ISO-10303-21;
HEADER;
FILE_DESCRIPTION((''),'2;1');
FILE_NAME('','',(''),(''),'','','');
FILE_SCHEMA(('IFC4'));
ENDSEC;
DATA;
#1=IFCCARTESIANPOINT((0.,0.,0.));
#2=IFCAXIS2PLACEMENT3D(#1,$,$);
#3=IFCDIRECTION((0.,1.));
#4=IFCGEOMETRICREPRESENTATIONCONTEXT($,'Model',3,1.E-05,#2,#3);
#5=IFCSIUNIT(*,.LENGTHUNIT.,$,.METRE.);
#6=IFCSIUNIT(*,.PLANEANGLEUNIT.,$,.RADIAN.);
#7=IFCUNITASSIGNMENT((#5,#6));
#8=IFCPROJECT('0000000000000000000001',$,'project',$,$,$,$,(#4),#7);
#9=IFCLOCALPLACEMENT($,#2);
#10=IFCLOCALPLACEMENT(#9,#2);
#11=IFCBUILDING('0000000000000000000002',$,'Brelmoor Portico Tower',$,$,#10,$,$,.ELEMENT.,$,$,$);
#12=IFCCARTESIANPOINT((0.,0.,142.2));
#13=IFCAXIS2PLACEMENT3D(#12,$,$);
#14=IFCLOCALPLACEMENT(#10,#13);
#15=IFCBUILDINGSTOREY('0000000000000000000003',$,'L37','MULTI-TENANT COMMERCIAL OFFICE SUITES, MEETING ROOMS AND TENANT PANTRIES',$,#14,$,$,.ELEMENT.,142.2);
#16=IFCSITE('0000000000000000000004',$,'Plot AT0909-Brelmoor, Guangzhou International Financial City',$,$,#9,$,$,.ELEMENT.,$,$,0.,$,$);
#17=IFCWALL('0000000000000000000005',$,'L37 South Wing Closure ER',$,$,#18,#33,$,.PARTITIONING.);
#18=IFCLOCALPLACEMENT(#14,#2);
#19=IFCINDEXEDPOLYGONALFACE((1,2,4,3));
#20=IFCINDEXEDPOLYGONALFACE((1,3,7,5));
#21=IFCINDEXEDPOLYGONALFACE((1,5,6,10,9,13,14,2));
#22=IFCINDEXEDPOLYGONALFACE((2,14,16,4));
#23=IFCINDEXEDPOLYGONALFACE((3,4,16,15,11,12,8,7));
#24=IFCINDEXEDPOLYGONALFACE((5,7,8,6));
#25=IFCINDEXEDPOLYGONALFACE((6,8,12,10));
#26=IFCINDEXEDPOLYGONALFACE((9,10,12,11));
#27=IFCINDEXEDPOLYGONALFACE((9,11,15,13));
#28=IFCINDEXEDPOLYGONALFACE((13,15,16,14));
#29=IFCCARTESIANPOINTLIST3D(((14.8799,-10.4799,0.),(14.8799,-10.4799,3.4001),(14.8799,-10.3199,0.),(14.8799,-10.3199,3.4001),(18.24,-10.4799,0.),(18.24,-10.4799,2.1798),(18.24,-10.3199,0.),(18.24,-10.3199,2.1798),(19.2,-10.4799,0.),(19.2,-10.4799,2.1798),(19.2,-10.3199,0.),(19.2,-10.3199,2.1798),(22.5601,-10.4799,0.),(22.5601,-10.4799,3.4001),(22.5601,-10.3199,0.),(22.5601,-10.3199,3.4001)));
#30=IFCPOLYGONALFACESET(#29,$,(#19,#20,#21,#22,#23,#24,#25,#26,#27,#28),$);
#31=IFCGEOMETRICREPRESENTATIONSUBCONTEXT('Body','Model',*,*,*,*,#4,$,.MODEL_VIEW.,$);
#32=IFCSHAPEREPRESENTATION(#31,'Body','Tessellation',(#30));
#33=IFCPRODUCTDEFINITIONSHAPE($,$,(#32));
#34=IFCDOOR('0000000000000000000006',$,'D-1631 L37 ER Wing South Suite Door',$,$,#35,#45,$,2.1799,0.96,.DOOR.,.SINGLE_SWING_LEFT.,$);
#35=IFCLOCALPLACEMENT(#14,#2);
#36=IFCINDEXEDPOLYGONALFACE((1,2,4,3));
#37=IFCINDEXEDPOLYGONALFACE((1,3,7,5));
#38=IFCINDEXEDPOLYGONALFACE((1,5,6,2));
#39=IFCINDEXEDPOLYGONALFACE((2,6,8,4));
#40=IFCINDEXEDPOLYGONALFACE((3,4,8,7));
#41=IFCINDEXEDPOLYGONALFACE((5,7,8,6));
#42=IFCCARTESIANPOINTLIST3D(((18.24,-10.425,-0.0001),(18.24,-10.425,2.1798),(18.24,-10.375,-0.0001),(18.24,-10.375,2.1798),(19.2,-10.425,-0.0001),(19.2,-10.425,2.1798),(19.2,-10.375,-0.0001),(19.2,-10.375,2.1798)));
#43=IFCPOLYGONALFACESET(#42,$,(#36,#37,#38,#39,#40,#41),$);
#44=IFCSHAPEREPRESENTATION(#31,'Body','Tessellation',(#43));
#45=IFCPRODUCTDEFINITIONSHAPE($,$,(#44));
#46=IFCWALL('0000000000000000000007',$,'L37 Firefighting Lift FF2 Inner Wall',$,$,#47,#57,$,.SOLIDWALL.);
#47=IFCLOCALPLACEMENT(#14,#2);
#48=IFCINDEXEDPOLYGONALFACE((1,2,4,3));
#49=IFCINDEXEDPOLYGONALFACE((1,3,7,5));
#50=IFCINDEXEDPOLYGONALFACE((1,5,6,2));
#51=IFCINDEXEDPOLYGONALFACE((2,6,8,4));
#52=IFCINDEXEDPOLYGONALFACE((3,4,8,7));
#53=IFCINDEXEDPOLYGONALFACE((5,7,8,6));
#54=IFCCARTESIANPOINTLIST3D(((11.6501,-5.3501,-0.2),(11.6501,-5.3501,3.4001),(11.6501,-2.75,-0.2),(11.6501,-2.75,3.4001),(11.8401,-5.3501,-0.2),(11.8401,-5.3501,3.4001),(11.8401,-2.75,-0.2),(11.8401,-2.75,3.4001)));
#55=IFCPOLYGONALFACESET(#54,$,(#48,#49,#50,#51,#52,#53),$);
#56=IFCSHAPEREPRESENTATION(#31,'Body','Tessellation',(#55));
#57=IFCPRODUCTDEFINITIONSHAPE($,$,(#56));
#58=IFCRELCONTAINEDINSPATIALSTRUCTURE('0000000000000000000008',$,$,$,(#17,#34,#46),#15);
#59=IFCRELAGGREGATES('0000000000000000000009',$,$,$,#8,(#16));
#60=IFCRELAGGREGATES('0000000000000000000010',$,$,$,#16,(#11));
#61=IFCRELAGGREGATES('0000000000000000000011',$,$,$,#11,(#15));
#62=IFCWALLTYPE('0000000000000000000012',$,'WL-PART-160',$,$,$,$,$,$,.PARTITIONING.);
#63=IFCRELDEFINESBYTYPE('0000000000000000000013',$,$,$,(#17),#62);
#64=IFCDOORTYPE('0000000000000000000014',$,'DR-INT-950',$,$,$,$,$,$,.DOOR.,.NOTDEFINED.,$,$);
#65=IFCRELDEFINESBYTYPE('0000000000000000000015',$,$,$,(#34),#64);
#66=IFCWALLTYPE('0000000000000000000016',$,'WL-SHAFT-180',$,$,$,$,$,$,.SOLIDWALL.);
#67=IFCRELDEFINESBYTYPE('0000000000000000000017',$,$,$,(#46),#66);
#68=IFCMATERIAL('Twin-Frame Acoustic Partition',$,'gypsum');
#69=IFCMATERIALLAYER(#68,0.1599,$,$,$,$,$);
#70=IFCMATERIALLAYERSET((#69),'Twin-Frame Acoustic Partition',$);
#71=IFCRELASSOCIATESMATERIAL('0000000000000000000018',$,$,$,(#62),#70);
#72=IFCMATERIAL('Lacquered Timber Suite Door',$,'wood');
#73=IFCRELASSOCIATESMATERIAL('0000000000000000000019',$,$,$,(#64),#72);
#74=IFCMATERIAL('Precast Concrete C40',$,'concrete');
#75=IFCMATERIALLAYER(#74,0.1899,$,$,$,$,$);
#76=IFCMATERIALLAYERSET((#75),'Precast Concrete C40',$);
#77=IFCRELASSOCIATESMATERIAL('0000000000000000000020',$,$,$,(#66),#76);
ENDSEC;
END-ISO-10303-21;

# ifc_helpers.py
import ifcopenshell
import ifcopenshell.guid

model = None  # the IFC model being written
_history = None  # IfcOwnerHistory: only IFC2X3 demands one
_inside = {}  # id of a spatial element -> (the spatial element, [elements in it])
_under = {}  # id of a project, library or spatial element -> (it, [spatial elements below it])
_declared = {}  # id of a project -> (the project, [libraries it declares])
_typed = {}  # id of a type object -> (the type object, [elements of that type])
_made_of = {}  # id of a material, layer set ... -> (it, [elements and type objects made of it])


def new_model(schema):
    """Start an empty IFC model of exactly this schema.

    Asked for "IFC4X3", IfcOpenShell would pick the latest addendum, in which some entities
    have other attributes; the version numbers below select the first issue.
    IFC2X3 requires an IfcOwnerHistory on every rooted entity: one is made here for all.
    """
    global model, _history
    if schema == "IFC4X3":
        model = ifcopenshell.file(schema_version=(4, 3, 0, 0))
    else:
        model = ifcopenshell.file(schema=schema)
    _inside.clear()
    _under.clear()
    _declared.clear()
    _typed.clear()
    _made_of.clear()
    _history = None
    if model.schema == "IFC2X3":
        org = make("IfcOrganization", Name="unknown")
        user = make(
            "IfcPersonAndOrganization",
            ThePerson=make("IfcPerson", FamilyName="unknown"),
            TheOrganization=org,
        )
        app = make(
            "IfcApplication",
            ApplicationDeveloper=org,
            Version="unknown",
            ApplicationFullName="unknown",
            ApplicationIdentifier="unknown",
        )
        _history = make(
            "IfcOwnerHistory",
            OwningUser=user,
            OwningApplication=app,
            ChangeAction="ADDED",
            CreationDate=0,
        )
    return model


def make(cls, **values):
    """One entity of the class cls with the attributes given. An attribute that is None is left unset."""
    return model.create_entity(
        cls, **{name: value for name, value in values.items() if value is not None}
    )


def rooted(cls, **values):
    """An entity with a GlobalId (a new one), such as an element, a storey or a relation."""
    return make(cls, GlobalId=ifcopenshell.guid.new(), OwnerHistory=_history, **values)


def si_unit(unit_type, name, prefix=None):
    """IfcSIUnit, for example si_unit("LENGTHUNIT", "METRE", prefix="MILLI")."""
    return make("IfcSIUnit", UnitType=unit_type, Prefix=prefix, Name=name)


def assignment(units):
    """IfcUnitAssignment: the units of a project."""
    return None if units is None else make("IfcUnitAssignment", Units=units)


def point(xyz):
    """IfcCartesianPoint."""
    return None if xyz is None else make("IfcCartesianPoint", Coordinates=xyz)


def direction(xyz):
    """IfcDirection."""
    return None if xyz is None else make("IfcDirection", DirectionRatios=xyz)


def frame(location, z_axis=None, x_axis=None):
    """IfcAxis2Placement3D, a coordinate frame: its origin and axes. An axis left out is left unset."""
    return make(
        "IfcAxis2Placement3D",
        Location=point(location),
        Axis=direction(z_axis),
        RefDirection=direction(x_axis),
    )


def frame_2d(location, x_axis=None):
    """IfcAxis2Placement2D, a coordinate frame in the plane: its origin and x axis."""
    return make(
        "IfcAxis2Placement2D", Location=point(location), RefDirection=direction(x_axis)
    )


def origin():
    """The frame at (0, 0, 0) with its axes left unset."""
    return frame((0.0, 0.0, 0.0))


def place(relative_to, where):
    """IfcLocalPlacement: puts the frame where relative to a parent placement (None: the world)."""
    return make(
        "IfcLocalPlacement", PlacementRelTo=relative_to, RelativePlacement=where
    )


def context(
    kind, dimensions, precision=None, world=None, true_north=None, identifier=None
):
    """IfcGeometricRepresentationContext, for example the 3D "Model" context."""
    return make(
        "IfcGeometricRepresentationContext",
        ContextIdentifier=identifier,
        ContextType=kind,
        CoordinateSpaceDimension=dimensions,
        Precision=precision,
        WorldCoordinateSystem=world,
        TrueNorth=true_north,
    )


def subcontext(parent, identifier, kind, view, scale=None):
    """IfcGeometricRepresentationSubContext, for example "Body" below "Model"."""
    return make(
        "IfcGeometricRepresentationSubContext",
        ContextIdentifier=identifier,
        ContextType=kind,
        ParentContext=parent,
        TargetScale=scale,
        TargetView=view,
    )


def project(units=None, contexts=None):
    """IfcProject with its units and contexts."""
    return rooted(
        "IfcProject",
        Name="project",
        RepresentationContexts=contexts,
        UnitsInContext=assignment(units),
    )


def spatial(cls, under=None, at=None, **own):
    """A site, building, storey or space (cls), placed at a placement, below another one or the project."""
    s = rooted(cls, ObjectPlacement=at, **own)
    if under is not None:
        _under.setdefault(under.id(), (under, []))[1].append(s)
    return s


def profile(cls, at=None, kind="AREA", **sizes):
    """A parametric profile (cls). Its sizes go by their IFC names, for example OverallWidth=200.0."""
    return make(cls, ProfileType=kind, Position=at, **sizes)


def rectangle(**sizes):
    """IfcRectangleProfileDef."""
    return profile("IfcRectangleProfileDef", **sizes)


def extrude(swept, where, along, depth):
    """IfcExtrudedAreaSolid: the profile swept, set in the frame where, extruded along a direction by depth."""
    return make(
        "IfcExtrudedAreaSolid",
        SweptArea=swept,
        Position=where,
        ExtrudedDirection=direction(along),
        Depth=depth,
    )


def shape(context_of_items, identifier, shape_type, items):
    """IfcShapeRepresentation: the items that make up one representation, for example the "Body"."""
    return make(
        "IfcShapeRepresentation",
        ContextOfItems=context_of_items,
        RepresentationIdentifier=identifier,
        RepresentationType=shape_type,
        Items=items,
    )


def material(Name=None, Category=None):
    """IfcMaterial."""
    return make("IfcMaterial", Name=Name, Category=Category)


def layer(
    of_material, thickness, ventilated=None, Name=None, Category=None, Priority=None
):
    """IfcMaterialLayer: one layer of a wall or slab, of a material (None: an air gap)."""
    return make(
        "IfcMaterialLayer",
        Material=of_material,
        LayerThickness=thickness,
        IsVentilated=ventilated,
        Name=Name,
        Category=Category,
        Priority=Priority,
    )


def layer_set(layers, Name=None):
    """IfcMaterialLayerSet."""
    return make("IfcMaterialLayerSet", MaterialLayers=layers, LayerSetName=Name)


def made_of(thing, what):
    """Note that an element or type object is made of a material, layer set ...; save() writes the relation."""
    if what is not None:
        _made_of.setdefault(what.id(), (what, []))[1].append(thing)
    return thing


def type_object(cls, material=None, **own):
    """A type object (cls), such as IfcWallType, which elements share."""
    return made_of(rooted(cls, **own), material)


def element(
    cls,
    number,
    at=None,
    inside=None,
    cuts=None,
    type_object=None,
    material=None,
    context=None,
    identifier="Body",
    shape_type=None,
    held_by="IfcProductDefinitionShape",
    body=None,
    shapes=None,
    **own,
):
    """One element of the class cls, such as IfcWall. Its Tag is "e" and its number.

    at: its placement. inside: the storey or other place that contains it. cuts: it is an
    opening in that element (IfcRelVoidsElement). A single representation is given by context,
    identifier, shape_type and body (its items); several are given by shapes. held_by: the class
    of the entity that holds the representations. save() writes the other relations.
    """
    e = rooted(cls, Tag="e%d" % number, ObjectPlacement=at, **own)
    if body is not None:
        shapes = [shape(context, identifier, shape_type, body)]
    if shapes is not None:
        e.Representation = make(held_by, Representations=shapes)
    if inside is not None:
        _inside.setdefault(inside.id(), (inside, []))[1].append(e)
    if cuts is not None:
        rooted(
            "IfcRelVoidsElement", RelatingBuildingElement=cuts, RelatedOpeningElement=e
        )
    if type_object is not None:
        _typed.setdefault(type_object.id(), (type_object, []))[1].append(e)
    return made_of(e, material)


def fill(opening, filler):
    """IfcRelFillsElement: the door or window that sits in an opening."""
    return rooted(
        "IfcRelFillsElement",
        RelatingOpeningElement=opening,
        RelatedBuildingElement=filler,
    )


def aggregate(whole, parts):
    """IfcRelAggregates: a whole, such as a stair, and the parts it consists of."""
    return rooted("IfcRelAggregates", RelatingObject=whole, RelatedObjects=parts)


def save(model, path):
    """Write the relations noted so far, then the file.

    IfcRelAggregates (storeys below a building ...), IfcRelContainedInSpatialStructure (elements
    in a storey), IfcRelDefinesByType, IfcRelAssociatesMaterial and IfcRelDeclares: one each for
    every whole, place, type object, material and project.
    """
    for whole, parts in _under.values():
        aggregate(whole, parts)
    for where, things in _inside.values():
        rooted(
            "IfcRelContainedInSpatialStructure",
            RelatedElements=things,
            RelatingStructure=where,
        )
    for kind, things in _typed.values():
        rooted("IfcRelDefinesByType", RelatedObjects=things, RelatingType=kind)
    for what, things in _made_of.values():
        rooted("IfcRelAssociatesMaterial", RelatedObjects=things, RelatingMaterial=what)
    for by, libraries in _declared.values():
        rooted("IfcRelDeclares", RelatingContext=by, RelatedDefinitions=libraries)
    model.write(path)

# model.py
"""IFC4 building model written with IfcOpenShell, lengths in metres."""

from ifc_helpers import new_model, si_unit, direction, frame, frame_2d, origin, place, context, subcontext, project, spatial, rectangle, extrude, material, layer, layer_set, type_object, element, fill, save


model = new_model("IFC4")

# Units and contexts
model_context = context("Model", 3, precision=1e-05, world=origin(), true_north=direction((0.0, 1.0)))
body_context = subcontext(model_context, "Body", "Model", "MODEL_VIEW")
ifc_project = project(units=[si_unit("LENGTHUNIT", "METRE"), si_unit("PLANEANGLEUNIT", "RADIAN")], contexts=[model_context])

# Site, building, storey
site_placement = place(None, origin())
site = spatial("IfcSite", under=ifc_project, at=site_placement, Name="Plot AT0909-Brelmoor, Guangzhou International Financial City", CompositionType="ELEMENT", RefElevation=0.0)
building_placement = place(site_placement, origin())
building = spatial("IfcBuilding", under=site, at=building_placement, Name="Brelmoor Portico Tower", CompositionType="ELEMENT")
storey_placement = place(building_placement, frame((0.0, 0.0, 142.2)))
storey = spatial("IfcBuildingStorey", under=building, at=storey_placement, Name="L37", Description="MULTI-TENANT COMMERCIAL OFFICE SUITES, MEETING ROOMS AND TENANT PANTRIES", CompositionType="ELEMENT", Elevation=142.2)

# Wall, opening, door
ifc_material_1 = material(Name="Twin-Frame Acoustic Partition", Category="gypsum")
ifc_layer_1 = layer(ifc_material_1, 0.1599)
ifc_layer_set_1 = layer_set([ifc_layer_1], Name="Twin-Frame Acoustic Partition")
wall_type_1 = type_object("IfcWallType", Name="WL-PART-160", PredefinedType="PARTITIONING", material=ifc_layer_set_1)
wall_1_placement = place(storey_placement, frame((14.8799, -10.3999, 0.0), z_axis=(0.0, 0.0, 1.0), x_axis=(1.0, 0.0, 0.0)))
wall_1 = element("IfcWall", 1, at=wall_1_placement, inside=storey, type_object=wall_type_1, Name="L37 South Wing Closure ER", PredefinedType="PARTITIONING", context=body_context, shape_type="SweptSolid", body=[
    extrude(rectangle(XDim=7.6802, YDim=0.1599, at=frame_2d((3.8401, 0.0))), origin(), (0.0, 0.0, 1.0), 3.4001),
])
opening_placement = place(wall_1_placement, frame((3.3601, 0.0, 0.0)))
opening = element("IfcOpeningElement", 2, at=opening_placement, cuts=wall_1, PredefinedType="OPENING", context=body_context, shape_type="SweptSolid", body=[
    extrude(rectangle(XDim=0.96, YDim=2.1799, at=frame_2d((0.48, 1.0898))), frame((0.0, 0.0898, 0.0), z_axis=(0.0, -1.0, 0.0), x_axis=(1.0, 0.0, 0.0)), (0.0, 0.0, 1.0), 0.1799),
])
ifc_material_2 = material(Name="Lacquered Timber Suite Door", Category="wood")
door_type = type_object("IfcDoorType", Name="DR-INT-950", OperationType="NOTDEFINED", PredefinedType="DOOR", material=ifc_material_2)
door_placement = place(opening_placement, origin())
door = element("IfcDoor", 3, at=door_placement, inside=storey, type_object=door_type, Name="D-1631 L37 ER Wing South Suite Door", OperationType="SINGLE_SWING_LEFT", OverallHeight=2.1799, OverallWidth=0.96, PredefinedType="DOOR", context=body_context, shape_type="SweptSolid", body=[
    extrude(rectangle(XDim=0.96, YDim=2.1799, at=frame_2d((0.48, 1.0898))), frame((0.0, 0.0249, 0.0), z_axis=(0.0, -1.0, 0.0), x_axis=(1.0, 0.0, 0.0)), (0.0, 0.0, 1.0), 0.05),
])
fill(opening, door)

# Wall
ifc_material_3 = material(Name="Precast Concrete C40", Category="concrete")
ifc_layer_2 = layer(ifc_material_3, 0.1899)
ifc_layer_set_2 = layer_set([ifc_layer_2], Name="Precast Concrete C40")
wall_type_2 = type_object("IfcWallType", Name="WL-SHAFT-180", PredefinedType="SOLIDWALL", material=ifc_layer_set_2)
wall_2_placement = place(storey_placement, frame((11.7451, -5.3501, -0.2), z_axis=(0.0, 0.0, 1.0), x_axis=(0.0, 1.0, 0.0)))
element("IfcWall", 4, at=wall_2_placement, inside=storey, type_object=wall_type_2, Name="L37 Firefighting Lift FF2 Inner Wall", PredefinedType="SOLIDWALL", context=body_context, shape_type="SweptSolid", body=[
    extrude(rectangle(XDim=2.6001, YDim=0.1899, at=frame_2d((1.3, 0.0))), origin(), (0.0, 0.0, 1.0), 3.6001),
])

save(model, "model.ifc")
